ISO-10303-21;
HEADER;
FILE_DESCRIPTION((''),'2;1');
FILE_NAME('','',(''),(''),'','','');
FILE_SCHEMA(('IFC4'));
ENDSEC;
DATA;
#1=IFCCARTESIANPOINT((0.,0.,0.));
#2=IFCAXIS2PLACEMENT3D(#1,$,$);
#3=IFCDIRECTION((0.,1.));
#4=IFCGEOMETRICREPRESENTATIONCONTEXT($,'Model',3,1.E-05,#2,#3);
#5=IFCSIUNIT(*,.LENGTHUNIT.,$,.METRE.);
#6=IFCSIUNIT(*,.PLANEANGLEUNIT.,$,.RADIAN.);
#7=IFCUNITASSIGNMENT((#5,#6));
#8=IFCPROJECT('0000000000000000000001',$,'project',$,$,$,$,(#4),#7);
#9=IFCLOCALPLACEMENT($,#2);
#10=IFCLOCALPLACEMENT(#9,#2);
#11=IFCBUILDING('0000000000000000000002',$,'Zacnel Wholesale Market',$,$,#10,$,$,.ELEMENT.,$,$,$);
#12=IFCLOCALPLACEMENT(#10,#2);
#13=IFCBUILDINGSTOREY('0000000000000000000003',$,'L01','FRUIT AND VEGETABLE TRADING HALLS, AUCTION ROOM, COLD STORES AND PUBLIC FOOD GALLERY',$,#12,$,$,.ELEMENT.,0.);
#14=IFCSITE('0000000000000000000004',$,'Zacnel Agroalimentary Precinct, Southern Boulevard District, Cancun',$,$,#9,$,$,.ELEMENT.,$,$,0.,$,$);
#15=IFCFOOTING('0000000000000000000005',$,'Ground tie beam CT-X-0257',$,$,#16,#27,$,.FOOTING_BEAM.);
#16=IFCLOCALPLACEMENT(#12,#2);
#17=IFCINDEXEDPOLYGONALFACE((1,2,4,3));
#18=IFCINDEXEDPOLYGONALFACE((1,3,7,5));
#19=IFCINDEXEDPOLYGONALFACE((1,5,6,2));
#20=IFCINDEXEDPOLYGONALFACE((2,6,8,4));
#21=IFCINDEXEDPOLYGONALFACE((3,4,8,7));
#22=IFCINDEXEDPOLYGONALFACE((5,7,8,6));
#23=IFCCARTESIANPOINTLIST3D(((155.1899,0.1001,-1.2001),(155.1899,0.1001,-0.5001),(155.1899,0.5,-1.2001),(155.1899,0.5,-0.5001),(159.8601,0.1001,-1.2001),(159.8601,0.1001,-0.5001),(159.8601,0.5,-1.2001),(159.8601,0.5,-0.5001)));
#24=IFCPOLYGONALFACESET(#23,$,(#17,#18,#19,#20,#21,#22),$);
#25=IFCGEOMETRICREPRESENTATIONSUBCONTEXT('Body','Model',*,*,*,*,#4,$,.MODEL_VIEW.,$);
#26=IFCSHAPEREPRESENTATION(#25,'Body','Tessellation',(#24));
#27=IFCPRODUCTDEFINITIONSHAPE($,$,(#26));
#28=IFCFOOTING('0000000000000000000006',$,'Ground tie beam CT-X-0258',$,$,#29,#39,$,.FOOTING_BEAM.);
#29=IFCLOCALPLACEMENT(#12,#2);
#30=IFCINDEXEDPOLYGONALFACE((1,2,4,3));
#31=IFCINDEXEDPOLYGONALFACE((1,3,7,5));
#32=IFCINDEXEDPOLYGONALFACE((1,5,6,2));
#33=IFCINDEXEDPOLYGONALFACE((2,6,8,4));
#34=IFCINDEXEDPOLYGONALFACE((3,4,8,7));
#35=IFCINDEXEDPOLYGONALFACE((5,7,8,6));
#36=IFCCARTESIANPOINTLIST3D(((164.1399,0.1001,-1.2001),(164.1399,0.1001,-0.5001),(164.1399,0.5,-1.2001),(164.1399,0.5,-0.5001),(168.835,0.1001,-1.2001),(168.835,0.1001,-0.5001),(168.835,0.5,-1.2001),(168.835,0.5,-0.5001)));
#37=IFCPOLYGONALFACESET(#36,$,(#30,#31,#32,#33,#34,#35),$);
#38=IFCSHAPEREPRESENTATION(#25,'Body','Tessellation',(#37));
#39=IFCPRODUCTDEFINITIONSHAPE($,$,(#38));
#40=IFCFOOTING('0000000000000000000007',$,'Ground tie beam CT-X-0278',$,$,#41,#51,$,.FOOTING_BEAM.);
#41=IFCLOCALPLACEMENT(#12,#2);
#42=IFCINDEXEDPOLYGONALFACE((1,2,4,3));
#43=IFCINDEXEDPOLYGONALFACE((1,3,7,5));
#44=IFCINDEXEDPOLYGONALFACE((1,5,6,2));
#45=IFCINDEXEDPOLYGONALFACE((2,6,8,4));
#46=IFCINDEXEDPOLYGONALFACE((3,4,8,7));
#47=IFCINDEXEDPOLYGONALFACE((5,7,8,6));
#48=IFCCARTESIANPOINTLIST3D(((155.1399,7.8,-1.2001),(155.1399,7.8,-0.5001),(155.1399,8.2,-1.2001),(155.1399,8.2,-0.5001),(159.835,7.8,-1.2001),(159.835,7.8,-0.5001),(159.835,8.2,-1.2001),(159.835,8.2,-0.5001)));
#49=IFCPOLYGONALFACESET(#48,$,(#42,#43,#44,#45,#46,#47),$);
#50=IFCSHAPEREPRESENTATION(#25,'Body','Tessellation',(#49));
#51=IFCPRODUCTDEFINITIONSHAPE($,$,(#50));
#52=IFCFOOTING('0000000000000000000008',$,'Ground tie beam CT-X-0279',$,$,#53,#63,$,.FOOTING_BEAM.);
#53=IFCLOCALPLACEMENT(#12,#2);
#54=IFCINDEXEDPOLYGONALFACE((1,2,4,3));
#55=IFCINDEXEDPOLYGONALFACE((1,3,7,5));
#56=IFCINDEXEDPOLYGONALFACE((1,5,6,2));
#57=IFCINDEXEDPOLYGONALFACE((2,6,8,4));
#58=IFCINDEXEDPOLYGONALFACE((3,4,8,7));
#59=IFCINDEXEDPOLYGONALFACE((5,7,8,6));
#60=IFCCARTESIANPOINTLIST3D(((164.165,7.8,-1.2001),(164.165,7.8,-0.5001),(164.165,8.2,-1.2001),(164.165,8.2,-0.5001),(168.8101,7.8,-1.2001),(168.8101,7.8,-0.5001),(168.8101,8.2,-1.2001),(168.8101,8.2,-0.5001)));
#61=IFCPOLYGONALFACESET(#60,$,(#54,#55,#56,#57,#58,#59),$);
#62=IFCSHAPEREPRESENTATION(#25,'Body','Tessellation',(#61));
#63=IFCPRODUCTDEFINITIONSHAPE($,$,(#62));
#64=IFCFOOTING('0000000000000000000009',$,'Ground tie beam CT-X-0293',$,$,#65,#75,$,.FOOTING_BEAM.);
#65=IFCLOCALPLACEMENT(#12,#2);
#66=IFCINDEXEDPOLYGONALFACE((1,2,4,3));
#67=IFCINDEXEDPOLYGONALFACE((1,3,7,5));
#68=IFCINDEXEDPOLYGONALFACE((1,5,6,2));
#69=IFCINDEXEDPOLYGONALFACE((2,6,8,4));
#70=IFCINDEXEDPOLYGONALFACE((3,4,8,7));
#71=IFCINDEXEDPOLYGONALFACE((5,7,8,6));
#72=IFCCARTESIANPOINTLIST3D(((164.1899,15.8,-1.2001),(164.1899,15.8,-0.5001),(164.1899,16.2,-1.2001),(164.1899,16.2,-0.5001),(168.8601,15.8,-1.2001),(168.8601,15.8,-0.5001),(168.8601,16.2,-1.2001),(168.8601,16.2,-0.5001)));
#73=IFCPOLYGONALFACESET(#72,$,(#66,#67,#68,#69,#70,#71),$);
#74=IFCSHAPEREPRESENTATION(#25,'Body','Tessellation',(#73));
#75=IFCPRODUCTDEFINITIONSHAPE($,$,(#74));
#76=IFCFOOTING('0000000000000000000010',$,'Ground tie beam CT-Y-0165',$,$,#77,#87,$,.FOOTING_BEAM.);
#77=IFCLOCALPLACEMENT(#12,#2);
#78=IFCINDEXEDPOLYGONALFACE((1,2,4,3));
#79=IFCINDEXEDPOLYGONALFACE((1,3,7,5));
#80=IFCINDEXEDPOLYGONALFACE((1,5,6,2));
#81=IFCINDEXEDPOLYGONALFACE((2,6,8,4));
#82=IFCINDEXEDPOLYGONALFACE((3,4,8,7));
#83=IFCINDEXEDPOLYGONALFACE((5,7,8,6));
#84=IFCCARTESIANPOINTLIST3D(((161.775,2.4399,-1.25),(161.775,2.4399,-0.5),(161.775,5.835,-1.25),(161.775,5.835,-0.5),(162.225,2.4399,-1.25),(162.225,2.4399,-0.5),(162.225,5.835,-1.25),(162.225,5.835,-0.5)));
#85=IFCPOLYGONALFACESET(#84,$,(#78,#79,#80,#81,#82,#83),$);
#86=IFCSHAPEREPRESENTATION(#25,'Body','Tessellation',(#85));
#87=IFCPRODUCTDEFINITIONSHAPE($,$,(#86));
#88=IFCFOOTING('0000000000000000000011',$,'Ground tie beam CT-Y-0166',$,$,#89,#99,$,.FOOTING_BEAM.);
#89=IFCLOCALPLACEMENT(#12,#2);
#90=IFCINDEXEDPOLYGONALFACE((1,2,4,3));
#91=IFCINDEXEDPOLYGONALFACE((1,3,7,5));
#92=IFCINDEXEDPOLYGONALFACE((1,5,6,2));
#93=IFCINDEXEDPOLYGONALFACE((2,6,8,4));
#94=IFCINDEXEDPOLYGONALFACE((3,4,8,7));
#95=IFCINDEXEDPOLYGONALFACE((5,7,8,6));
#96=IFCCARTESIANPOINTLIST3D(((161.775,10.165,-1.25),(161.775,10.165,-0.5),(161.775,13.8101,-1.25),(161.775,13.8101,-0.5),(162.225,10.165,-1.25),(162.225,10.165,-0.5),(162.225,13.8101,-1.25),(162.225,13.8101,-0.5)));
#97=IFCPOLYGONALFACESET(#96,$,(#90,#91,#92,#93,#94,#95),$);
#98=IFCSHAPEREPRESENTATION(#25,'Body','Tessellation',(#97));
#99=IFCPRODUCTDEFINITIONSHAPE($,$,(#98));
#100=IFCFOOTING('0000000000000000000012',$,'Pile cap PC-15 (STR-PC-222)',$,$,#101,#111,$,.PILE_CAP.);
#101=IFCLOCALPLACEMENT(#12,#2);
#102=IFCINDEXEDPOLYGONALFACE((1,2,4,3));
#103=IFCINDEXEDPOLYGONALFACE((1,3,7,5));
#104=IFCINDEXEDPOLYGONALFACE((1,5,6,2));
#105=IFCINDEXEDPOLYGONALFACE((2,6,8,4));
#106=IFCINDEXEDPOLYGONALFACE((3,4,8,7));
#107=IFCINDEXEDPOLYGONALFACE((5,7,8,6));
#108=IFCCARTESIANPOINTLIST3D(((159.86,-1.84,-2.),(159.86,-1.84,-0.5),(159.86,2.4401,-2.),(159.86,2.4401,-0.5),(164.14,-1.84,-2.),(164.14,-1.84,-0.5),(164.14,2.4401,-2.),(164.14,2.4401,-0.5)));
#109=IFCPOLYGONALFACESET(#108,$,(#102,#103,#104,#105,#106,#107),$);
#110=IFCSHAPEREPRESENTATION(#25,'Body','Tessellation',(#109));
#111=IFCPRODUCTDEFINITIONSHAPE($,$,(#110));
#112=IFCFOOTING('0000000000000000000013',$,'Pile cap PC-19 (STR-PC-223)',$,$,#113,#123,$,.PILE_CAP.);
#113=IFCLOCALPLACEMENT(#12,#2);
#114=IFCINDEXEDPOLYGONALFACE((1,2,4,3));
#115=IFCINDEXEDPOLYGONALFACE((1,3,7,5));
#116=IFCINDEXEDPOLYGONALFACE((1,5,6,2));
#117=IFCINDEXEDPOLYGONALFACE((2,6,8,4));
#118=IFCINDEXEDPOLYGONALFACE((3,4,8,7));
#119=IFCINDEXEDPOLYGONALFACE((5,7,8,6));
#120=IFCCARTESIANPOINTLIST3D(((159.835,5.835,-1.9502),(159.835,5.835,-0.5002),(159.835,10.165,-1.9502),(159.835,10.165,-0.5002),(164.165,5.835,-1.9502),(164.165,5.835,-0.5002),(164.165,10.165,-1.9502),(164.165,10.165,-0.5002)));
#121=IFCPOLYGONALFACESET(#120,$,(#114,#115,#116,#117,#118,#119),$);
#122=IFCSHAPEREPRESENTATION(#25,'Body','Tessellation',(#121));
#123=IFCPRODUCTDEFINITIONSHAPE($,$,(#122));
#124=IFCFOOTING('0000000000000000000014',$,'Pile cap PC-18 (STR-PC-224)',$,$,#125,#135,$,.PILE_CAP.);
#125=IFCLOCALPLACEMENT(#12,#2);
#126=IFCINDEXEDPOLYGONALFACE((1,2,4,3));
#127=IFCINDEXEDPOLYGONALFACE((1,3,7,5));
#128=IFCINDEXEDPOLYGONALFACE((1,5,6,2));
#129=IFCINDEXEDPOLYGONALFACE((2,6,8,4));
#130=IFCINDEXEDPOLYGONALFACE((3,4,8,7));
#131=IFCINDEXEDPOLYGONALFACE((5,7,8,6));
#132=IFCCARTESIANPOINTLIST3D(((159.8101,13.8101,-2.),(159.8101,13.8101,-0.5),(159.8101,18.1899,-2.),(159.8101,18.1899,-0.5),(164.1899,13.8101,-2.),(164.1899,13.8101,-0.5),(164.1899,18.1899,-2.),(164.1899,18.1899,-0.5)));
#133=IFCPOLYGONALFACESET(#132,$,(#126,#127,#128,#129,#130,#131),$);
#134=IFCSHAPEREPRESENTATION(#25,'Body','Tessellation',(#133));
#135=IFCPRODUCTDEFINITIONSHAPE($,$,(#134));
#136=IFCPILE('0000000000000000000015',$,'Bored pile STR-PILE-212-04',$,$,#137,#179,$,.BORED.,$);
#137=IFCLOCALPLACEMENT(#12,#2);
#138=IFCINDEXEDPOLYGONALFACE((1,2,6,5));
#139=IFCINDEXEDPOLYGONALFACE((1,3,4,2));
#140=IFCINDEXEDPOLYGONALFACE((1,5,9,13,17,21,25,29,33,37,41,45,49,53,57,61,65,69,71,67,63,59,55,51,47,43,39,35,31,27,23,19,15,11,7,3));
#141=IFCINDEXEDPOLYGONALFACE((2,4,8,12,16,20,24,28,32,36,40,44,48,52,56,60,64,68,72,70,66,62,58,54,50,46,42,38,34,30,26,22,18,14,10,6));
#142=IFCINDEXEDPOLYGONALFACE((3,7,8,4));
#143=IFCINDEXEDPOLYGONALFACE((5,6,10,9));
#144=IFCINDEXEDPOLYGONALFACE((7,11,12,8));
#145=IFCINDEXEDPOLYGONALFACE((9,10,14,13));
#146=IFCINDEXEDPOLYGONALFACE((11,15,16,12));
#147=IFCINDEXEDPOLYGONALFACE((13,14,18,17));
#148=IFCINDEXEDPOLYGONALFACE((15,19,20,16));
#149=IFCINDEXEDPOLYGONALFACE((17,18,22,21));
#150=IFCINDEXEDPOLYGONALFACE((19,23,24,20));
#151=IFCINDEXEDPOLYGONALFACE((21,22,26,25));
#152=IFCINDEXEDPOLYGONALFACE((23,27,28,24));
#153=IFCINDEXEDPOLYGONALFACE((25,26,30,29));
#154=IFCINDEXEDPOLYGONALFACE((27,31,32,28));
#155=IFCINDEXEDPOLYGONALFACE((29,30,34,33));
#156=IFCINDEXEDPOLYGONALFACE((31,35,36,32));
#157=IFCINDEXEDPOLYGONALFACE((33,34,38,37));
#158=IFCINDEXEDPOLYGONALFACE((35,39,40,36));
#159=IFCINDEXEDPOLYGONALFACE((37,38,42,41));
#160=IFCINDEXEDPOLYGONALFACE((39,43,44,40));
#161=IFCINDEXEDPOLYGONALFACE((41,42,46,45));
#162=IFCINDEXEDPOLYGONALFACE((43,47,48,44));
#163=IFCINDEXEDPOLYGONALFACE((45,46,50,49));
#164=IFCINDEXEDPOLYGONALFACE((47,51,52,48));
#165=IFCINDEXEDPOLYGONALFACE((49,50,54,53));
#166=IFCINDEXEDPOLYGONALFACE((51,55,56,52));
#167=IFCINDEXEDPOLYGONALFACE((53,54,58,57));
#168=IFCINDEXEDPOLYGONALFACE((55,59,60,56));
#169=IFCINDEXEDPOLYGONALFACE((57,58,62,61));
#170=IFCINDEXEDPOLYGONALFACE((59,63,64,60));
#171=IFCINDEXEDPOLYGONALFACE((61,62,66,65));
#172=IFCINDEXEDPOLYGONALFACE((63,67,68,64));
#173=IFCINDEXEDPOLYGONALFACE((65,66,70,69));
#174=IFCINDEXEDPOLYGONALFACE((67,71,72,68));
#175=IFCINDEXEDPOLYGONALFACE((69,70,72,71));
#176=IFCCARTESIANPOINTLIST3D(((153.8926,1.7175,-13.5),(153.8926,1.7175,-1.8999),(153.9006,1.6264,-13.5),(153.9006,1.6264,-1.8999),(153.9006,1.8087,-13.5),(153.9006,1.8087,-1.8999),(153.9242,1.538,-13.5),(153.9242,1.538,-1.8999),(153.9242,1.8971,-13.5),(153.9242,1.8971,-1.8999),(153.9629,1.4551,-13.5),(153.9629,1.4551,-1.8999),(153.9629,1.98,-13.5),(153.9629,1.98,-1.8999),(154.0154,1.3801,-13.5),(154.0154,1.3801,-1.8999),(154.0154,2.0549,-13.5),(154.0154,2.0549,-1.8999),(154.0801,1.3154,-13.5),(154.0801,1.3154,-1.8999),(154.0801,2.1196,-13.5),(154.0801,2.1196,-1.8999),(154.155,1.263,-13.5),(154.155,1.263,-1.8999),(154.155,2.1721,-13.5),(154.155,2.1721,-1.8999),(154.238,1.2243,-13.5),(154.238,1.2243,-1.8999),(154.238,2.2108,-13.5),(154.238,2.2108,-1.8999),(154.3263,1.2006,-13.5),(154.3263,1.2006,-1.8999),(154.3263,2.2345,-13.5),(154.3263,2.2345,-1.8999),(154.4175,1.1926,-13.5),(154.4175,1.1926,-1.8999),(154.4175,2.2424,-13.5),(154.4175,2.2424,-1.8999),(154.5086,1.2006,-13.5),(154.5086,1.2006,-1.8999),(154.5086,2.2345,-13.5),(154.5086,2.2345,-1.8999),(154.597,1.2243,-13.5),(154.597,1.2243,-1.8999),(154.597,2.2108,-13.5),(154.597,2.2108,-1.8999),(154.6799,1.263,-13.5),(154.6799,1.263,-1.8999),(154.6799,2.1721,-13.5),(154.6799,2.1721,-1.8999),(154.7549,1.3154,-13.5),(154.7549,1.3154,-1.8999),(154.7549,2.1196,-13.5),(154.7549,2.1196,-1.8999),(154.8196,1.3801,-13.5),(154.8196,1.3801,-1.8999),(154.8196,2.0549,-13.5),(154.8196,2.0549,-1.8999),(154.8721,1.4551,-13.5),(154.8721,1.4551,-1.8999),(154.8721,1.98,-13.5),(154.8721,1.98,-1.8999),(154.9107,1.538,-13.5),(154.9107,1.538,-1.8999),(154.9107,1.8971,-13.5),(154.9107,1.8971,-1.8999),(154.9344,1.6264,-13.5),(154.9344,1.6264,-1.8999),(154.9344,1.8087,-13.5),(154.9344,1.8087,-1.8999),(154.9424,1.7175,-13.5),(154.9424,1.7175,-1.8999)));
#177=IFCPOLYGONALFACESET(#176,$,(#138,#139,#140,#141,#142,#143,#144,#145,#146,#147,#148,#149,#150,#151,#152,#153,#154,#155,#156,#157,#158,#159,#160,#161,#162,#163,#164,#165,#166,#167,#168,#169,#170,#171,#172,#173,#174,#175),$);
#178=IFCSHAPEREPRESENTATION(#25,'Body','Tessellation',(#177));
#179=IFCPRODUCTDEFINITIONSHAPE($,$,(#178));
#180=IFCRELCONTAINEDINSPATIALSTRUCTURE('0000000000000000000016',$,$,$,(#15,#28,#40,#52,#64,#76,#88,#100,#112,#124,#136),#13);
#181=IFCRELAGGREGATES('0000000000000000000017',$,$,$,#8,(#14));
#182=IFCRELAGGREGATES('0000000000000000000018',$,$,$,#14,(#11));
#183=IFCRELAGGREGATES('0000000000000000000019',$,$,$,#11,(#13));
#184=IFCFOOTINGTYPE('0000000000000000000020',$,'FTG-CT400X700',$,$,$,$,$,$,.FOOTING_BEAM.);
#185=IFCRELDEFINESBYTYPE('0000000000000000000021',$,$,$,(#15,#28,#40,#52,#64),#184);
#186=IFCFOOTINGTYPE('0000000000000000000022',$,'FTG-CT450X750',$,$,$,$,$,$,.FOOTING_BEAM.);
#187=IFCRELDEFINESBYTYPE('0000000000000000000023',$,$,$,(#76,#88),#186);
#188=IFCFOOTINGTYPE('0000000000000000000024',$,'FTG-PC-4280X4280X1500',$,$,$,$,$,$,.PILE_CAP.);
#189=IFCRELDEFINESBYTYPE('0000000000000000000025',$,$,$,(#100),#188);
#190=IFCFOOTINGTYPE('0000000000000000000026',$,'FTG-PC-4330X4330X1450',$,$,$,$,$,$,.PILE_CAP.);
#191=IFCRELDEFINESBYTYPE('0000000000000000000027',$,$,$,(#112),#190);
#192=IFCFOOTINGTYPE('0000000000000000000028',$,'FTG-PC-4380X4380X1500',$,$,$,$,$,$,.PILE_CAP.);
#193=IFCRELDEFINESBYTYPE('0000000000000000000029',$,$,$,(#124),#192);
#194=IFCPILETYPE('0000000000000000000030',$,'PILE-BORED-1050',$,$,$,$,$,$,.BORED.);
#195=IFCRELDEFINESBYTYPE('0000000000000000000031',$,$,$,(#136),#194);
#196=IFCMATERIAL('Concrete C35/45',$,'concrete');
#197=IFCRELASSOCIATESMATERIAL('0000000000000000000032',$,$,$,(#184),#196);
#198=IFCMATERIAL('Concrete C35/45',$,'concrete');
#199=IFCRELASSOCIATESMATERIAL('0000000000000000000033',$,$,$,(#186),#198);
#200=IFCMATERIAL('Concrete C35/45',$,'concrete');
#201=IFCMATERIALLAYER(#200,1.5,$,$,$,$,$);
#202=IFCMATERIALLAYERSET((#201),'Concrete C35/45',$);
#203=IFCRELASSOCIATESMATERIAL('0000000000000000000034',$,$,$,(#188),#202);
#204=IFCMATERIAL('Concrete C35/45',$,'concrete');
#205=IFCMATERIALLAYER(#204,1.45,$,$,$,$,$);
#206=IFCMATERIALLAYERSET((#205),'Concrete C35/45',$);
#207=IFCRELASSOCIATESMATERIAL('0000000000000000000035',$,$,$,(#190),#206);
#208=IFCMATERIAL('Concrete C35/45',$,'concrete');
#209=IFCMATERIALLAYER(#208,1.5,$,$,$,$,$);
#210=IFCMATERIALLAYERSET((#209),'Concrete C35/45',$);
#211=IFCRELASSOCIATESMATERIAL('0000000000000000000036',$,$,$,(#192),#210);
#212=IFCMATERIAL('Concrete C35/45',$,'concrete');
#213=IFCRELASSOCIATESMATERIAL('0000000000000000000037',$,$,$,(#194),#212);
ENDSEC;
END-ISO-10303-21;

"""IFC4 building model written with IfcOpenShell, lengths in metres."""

from ifc_helpers import new_model, si_unit, direction, frame, origin, origin_2d, place, context, subcontext, project, spatial, rectangle, circle, extrude, material, layer, layer_set, material_profile, profile_set, type_object, element, save


model = new_model("IFC4")

# Units and contexts
model_context = context("Model", 3, precision=1e-05, world=origin(), true_north=direction((0.0, 1.0)))
body_context = subcontext(model_context, "Body", "Model", "MODEL_VIEW")
ifc_project = project(units=[si_unit("LENGTHUNIT", "METRE"), si_unit("PLANEANGLEUNIT", "RADIAN")], contexts=[model_context])

# Site, building, storey
site_placement = place(None, origin())
site = spatial("IfcSite", under=ifc_project, at=site_placement, Name="Zacnel Agroalimentary Precinct, Southern Boulevard District, Cancun", CompositionType="ELEMENT", RefElevation=0.0)
building_placement = place(site_placement, origin())
building = spatial("IfcBuilding", under=site, at=building_placement, Name="Zacnel Wholesale Market", CompositionType="ELEMENT")
storey_placement = place(building_placement, origin())
storey = spatial("IfcBuildingStorey", under=building, at=storey_placement, Name="L01", Description="FRUIT AND VEGETABLE TRADING HALLS, AUCTION ROOM, COLD STORES AND PUBLIC FOOD GALLERY", CompositionType="ELEMENT", Elevation=0.0)

# Footings
ifc_material_1 = material(Name="Concrete C35/45", Category="concrete")
ifc_material_profile_1 = material_profile(ifc_material_1, rectangle(XDim=0.3999, YDim=0.7, at=origin_2d()), Name="CT 400x700")
ifc_profile_set_1 = profile_set([ifc_material_profile_1], Name="Concrete C35/45")
footing_type_1 = type_object("IfcFootingType", Name="FTG-CT400X700", PredefinedType="FOOTING_BEAM", material=ifc_profile_set_1)
footing_1_placement = place(storey_placement, frame((155.1899, 0.3, -0.8501), z_axis=(1.0, 0.0, 0.0), x_axis=(0.0, 1.0, 0.0)))
element("IfcFooting", 1, at=footing_1_placement, inside=storey, type_object=footing_type_1, Name="Ground tie beam CT-X-0257", PredefinedType="FOOTING_BEAM", context=body_context, shape_type="SweptSolid", body=[
    extrude(rectangle(XDim=0.3999, YDim=0.7, at=origin_2d()), origin(), (0.0, 0.0, 1.0), 4.6702),
])
for number, where, z_axis, x_axis, name in (
    (2, (164.1399, 0.3, -0.8501), (1.0, 0.0, 0.0), (0.0, 1.0, 0.0), "Ground tie beam CT-X-0258"),
    (3, (155.1399, 8.0, -0.8501), (1.0, 0.0, 0.0), (0.0, 1.0, 0.0), "Ground tie beam CT-X-0278"),
):
    element("IfcFooting", number, at=place(storey_placement, frame(where, z_axis=z_axis, x_axis=x_axis)), inside=storey, type_object=footing_type_1, Name=name, PredefinedType="FOOTING_BEAM", context=body_context, shape_type="SweptSolid", body=[
        extrude(rectangle(XDim=0.3999, YDim=0.7, at=origin_2d()), origin(), (0.0, 0.0, 1.0), 4.6951),
    ])
footing_2_placement = place(storey_placement, frame((164.165, 8.0, -0.8501), z_axis=(1.0, 0.0, 0.0), x_axis=(0.0, 1.0, 0.0)))
element("IfcFooting", 4, at=footing_2_placement, inside=storey, type_object=footing_type_1, Name="Ground tie beam CT-X-0279", PredefinedType="FOOTING_BEAM", context=body_context, shape_type="SweptSolid", body=[
    extrude(rectangle(XDim=0.3999, YDim=0.7, at=origin_2d()), origin(), (0.0, 0.0, 1.0), 4.645),
])
footing_3_placement = place(storey_placement, frame((164.1899, 16.0, -0.8501), z_axis=(1.0, 0.0, 0.0), x_axis=(0.0, 1.0, 0.0)))
element("IfcFooting", 5, at=footing_3_placement, inside=storey, type_object=footing_type_1, Name="Ground tie beam CT-X-0293", PredefinedType="FOOTING_BEAM", context=body_context, shape_type="SweptSolid", body=[
    extrude(rectangle(XDim=0.3999, YDim=0.7, at=origin_2d()), origin(), (0.0, 0.0, 1.0), 4.6702),
])
ifc_material_2 = material(Name="Concrete C35/45", Category="concrete")
ifc_material_profile_2 = material_profile(ifc_material_2, rectangle(XDim=0.45, YDim=0.75, at=origin_2d()), Name="CT 450x750")
ifc_profile_set_2 = profile_set([ifc_material_profile_2], Name="Concrete C35/45")
footing_type_2 = type_object("IfcFootingType", Name="FTG-CT450X750", PredefinedType="FOOTING_BEAM", material=ifc_profile_set_2)
footing_4_placement = place(storey_placement, frame((162.0, 2.4399, -0.875), z_axis=(0.0, 1.0, 0.0), x_axis=(-1.0, 0.0, 0.0)))
element("IfcFooting", 6, at=footing_4_placement, inside=storey, type_object=footing_type_2, Name="Ground tie beam CT-Y-0165", PredefinedType="FOOTING_BEAM", context=body_context, shape_type="SweptSolid", body=[
    extrude(rectangle(XDim=0.45, YDim=0.75, at=origin_2d()), origin(), (0.0, 0.0, 1.0), 3.395),
])
footing_5_placement = place(storey_placement, frame((162.0, 10.165, -0.875), z_axis=(0.0, 1.0, 0.0), x_axis=(-1.0, 0.0, 0.0)))
element("IfcFooting", 7, at=footing_5_placement, inside=storey, type_object=footing_type_2, Name="Ground tie beam CT-Y-0166", PredefinedType="FOOTING_BEAM", context=body_context, shape_type="SweptSolid", body=[
    extrude(rectangle(XDim=0.45, YDim=0.75, at=origin_2d()), origin(), (0.0, 0.0, 1.0), 3.645),
])
ifc_material_3 = material(Name="Concrete C35/45", Category="concrete")
ifc_layer_1 = layer(ifc_material_3, 1.5)
ifc_layer_set_1 = layer_set([ifc_layer_1], Name="Concrete C35/45")
footing_type_3 = type_object("IfcFootingType", Name="FTG-PC-4280X4280X1500", PredefinedType="PILE_CAP", material=ifc_layer_set_1)
footing_6_placement = place(storey_placement, frame((162.0, 0.3, -2.0), z_axis=(0.0, 0.0, 1.0), x_axis=(1.0, 0.0, 0.0)))
element("IfcFooting", 8, at=footing_6_placement, inside=storey, type_object=footing_type_3, Name="Pile cap PC-15 (STR-PC-222)", PredefinedType="PILE_CAP", context=body_context, shape_type="SweptSolid", body=[
    extrude(rectangle(XDim=4.28, YDim=4.28, at=origin_2d()), origin(), (0.0, 0.0, 1.0), 1.5),
])
ifc_material_4 = material(Name="Concrete C35/45", Category="concrete")
ifc_layer_2 = layer(ifc_material_4, 1.45)
ifc_layer_set_2 = layer_set([ifc_layer_2], Name="Concrete C35/45")
footing_type_4 = type_object("IfcFootingType", Name="FTG-PC-4330X4330X1450", PredefinedType="PILE_CAP", material=ifc_layer_set_2)
footing_7_placement = place(storey_placement, frame((162.0, 8.0, -1.9502), z_axis=(0.0, 0.0, 1.0), x_axis=(1.0, 0.0, 0.0)))
element("IfcFooting", 9, at=footing_7_placement, inside=storey, type_object=footing_type_4, Name="Pile cap PC-19 (STR-PC-223)", PredefinedType="PILE_CAP", context=body_context, shape_type="SweptSolid", body=[
    extrude(rectangle(XDim=4.3301, YDim=4.3301, at=origin_2d()), origin(), (0.0, 0.0, 1.0), 1.45),
])
ifc_material_5 = material(Name="Concrete C35/45", Category="concrete")
ifc_layer_3 = layer(ifc_material_5, 1.5)
ifc_layer_set_3 = layer_set([ifc_layer_3], Name="Concrete C35/45")
footing_type_5 = type_object("IfcFootingType", Name="FTG-PC-4380X4380X1500", PredefinedType="PILE_CAP", material=ifc_layer_set_3)
footing_8_placement = place(storey_placement, frame((162.0, 16.0, -2.0), z_axis=(0.0, 0.0, 1.0), x_axis=(1.0, 0.0, 0.0)))
element("IfcFooting", 10, at=footing_8_placement, inside=storey, type_object=footing_type_5, Name="Pile cap PC-18 (STR-PC-224)", PredefinedType="PILE_CAP", context=body_context, shape_type="SweptSolid", body=[
    extrude(rectangle(XDim=4.3799, YDim=4.3799, at=origin_2d()), origin(), (0.0, 0.0, 1.0), 1.5),
])

# Pile
ifc_material_6 = material(Name="Concrete C35/45", Category="concrete")
ifc_material_profile_3 = material_profile(ifc_material_6, circle(Radius=0.5249, at=origin_2d()), Name="BORED PILE D1050")
ifc_profile_set_3 = profile_set([ifc_material_profile_3], Name="Concrete C35/45")
pile_type = type_object("IfcPileType", Name="PILE-BORED-1050", PredefinedType="BORED", material=ifc_profile_set_3)
pile_placement = place(storey_placement, frame((154.4175, 1.7175, -1.8999), z_axis=(0.0, 0.0, -1.0), x_axis=(1.0, 0.0, 0.0)))
element("IfcPile", 11, at=pile_placement, inside=storey, type_object=pile_type, Name="Bored pile STR-PILE-212-04", PredefinedType="BORED", context=body_context, shape_type="SweptSolid", body=[
    extrude(circle(Radius=0.5249, at=origin_2d()), origin(), (0.0, 0.0, 1.0), 11.6001),
])

save(model, "model.ifc")
